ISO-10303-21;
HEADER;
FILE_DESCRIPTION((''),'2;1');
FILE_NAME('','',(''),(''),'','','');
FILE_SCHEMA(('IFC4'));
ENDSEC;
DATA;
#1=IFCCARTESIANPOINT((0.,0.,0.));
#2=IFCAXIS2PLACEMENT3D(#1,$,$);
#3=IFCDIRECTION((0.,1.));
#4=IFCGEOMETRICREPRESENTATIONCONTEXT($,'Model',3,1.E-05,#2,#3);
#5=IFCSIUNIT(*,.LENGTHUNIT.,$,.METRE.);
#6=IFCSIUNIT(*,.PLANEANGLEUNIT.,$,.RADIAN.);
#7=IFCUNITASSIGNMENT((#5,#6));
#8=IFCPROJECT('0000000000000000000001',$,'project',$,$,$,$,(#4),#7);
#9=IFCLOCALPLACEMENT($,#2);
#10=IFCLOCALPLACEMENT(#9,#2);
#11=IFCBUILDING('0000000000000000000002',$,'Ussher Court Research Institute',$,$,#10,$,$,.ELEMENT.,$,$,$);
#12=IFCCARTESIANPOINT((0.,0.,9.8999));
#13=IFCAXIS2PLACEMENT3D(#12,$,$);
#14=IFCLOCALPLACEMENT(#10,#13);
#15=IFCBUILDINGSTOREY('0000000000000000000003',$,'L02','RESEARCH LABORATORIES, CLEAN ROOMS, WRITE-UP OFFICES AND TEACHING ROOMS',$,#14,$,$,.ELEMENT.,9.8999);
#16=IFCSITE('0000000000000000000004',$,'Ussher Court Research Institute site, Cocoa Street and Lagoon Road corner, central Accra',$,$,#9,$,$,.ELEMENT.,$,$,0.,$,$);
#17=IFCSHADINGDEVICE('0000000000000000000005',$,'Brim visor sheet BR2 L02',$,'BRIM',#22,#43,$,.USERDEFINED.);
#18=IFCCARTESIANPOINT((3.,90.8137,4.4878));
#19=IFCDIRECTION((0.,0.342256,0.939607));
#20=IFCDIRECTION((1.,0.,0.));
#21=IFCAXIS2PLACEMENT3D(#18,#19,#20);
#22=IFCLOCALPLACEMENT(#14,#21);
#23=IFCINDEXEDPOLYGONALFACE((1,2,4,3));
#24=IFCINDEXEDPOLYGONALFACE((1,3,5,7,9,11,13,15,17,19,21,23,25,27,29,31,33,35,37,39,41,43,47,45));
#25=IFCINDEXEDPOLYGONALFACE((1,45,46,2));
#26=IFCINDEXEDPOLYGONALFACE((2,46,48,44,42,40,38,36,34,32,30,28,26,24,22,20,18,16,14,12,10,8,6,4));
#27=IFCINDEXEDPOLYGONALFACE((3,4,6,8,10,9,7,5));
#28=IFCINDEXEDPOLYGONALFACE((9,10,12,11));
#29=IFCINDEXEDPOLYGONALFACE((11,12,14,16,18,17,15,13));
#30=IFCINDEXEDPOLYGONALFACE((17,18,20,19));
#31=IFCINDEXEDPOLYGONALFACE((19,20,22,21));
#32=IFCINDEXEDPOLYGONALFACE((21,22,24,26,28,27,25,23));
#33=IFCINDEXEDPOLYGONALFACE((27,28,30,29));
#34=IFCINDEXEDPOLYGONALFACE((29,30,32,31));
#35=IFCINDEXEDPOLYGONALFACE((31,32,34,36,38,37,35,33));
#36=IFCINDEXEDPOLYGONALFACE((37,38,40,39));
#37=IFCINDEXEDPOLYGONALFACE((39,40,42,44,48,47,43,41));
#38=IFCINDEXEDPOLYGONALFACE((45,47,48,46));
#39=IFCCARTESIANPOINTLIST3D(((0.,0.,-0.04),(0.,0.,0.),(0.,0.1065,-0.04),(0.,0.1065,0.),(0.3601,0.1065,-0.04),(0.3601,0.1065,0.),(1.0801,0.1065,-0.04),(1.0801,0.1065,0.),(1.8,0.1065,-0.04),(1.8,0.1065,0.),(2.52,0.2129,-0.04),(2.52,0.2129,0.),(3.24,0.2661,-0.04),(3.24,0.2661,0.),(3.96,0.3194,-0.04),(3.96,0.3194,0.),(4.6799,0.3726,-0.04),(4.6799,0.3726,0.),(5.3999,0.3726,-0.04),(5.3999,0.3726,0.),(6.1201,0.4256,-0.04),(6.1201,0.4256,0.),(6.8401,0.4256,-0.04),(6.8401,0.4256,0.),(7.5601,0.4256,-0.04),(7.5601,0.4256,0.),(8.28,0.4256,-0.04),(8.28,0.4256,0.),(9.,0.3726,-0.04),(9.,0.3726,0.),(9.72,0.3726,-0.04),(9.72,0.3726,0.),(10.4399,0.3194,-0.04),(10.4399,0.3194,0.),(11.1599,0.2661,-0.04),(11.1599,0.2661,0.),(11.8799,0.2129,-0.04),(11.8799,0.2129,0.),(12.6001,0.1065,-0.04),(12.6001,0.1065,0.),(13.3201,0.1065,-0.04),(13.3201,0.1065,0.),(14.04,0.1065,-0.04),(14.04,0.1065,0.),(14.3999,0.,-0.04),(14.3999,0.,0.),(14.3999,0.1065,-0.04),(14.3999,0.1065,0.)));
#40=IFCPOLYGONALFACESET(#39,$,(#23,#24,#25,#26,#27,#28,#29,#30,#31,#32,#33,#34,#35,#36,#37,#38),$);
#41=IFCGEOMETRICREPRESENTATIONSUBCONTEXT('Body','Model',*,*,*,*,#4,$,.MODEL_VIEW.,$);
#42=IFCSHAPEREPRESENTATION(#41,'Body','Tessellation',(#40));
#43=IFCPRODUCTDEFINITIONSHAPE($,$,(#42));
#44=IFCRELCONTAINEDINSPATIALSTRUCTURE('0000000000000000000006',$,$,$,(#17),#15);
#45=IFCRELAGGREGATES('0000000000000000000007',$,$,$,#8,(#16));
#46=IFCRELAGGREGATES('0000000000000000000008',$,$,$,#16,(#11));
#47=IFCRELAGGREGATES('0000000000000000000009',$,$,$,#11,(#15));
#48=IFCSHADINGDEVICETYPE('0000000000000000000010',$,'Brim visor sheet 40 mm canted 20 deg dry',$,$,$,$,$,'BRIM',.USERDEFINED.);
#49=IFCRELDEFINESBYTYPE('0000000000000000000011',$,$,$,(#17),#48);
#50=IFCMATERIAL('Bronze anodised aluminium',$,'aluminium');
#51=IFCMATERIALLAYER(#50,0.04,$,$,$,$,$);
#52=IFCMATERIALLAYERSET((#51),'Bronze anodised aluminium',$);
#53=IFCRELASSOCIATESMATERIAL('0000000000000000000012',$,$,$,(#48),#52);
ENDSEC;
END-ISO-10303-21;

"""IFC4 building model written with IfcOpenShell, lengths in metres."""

from ifc_helpers import new_model, si_unit, direction, frame, origin, place, context, subcontext, project, spatial, polyline, outline, extrude, material, layer, layer_set, type_object, element, save


model = new_model("IFC4")

# Units and contexts
model_context = context("Model", 3, precision=1e-05, world=origin(), true_north=direction((0.0, 1.0)))
body_context = subcontext(model_context, "Body", "Model", "MODEL_VIEW")
ifc_project = project(units=[si_unit("LENGTHUNIT", "METRE"), si_unit("PLANEANGLEUNIT", "RADIAN")], contexts=[model_context])

# Site, building, storey
site_placement = place(None, origin())
site = spatial("IfcSite", under=ifc_project, at=site_placement, Name="Ussher Court Research Institute site, Cocoa Street and Lagoon Road corner, central Accra", CompositionType="ELEMENT", RefElevation=0.0)
building_placement = place(site_placement, origin())
building = spatial("IfcBuilding", under=site, at=building_placement, Name="Ussher Court Research Institute", CompositionType="ELEMENT")
storey_placement = place(building_placement, frame((0.0, 0.0, 9.8999)))
storey = spatial("IfcBuildingStorey", under=building, at=storey_placement, Name="L02", Description="RESEARCH LABORATORIES, CLEAN ROOMS, WRITE-UP OFFICES AND TEACHING ROOMS", CompositionType="ELEMENT", Elevation=9.8999)

# Shading device
ifc_material_1 = material(Name="Bronze anodised aluminium", Category="aluminium")
ifc_layer_1 = layer(ifc_material_1, 0.04)
ifc_layer_set_1 = layer_set([ifc_layer_1], Name="Bronze anodised aluminium")
shading_device_type_1 = type_object("IfcShadingDeviceType", Name="Brim visor sheet 40 mm canted 20 deg dry", ElementType="BRIM", PredefinedType="USERDEFINED", material=ifc_layer_set_1)
shading_device_1_placement = place(storey_placement, frame((3.0, 90.8137, 4.4878), z_axis=(0.0, 0.342256, 0.939607), x_axis=(1.0, 0.0, 0.0)))
element("IfcShadingDevice", 1, at=shading_device_1_placement, inside=storey, type_object=shading_device_type_1, Name="Brim visor sheet BR2 L02", ObjectType="BRIM", PredefinedType="USERDEFINED", context=body_context, shape_type="SweptSolid", body=[
    extrude(outline(polyline([(0.0, 0.0), (14.3999, 0.0), (14.3999, 0.1065), (14.04, 0.1065), (13.3201, 0.1065), (12.6001, 0.1065), (11.8799, 0.2129), (11.1599, 0.2661), (10.4399, 0.3194), (9.72, 0.3726), (9.0, 0.3726), (8.28, 0.4256), (7.5601, 0.4256), (6.8401, 0.4256), (6.1201, 0.4256), (5.3999, 0.3726), (4.6799, 0.3726), (3.96, 0.3194), (3.24, 0.2661), (2.52, 0.2129), (1.8, 0.1065), (1.0801, 0.1065), (0.3601, 0.1065), (0.0, 0.1065), (0.0, 0.0)])), origin(), (0.0, 0.0, -1.0), 0.04),
])

save(model, "model.ifc")
